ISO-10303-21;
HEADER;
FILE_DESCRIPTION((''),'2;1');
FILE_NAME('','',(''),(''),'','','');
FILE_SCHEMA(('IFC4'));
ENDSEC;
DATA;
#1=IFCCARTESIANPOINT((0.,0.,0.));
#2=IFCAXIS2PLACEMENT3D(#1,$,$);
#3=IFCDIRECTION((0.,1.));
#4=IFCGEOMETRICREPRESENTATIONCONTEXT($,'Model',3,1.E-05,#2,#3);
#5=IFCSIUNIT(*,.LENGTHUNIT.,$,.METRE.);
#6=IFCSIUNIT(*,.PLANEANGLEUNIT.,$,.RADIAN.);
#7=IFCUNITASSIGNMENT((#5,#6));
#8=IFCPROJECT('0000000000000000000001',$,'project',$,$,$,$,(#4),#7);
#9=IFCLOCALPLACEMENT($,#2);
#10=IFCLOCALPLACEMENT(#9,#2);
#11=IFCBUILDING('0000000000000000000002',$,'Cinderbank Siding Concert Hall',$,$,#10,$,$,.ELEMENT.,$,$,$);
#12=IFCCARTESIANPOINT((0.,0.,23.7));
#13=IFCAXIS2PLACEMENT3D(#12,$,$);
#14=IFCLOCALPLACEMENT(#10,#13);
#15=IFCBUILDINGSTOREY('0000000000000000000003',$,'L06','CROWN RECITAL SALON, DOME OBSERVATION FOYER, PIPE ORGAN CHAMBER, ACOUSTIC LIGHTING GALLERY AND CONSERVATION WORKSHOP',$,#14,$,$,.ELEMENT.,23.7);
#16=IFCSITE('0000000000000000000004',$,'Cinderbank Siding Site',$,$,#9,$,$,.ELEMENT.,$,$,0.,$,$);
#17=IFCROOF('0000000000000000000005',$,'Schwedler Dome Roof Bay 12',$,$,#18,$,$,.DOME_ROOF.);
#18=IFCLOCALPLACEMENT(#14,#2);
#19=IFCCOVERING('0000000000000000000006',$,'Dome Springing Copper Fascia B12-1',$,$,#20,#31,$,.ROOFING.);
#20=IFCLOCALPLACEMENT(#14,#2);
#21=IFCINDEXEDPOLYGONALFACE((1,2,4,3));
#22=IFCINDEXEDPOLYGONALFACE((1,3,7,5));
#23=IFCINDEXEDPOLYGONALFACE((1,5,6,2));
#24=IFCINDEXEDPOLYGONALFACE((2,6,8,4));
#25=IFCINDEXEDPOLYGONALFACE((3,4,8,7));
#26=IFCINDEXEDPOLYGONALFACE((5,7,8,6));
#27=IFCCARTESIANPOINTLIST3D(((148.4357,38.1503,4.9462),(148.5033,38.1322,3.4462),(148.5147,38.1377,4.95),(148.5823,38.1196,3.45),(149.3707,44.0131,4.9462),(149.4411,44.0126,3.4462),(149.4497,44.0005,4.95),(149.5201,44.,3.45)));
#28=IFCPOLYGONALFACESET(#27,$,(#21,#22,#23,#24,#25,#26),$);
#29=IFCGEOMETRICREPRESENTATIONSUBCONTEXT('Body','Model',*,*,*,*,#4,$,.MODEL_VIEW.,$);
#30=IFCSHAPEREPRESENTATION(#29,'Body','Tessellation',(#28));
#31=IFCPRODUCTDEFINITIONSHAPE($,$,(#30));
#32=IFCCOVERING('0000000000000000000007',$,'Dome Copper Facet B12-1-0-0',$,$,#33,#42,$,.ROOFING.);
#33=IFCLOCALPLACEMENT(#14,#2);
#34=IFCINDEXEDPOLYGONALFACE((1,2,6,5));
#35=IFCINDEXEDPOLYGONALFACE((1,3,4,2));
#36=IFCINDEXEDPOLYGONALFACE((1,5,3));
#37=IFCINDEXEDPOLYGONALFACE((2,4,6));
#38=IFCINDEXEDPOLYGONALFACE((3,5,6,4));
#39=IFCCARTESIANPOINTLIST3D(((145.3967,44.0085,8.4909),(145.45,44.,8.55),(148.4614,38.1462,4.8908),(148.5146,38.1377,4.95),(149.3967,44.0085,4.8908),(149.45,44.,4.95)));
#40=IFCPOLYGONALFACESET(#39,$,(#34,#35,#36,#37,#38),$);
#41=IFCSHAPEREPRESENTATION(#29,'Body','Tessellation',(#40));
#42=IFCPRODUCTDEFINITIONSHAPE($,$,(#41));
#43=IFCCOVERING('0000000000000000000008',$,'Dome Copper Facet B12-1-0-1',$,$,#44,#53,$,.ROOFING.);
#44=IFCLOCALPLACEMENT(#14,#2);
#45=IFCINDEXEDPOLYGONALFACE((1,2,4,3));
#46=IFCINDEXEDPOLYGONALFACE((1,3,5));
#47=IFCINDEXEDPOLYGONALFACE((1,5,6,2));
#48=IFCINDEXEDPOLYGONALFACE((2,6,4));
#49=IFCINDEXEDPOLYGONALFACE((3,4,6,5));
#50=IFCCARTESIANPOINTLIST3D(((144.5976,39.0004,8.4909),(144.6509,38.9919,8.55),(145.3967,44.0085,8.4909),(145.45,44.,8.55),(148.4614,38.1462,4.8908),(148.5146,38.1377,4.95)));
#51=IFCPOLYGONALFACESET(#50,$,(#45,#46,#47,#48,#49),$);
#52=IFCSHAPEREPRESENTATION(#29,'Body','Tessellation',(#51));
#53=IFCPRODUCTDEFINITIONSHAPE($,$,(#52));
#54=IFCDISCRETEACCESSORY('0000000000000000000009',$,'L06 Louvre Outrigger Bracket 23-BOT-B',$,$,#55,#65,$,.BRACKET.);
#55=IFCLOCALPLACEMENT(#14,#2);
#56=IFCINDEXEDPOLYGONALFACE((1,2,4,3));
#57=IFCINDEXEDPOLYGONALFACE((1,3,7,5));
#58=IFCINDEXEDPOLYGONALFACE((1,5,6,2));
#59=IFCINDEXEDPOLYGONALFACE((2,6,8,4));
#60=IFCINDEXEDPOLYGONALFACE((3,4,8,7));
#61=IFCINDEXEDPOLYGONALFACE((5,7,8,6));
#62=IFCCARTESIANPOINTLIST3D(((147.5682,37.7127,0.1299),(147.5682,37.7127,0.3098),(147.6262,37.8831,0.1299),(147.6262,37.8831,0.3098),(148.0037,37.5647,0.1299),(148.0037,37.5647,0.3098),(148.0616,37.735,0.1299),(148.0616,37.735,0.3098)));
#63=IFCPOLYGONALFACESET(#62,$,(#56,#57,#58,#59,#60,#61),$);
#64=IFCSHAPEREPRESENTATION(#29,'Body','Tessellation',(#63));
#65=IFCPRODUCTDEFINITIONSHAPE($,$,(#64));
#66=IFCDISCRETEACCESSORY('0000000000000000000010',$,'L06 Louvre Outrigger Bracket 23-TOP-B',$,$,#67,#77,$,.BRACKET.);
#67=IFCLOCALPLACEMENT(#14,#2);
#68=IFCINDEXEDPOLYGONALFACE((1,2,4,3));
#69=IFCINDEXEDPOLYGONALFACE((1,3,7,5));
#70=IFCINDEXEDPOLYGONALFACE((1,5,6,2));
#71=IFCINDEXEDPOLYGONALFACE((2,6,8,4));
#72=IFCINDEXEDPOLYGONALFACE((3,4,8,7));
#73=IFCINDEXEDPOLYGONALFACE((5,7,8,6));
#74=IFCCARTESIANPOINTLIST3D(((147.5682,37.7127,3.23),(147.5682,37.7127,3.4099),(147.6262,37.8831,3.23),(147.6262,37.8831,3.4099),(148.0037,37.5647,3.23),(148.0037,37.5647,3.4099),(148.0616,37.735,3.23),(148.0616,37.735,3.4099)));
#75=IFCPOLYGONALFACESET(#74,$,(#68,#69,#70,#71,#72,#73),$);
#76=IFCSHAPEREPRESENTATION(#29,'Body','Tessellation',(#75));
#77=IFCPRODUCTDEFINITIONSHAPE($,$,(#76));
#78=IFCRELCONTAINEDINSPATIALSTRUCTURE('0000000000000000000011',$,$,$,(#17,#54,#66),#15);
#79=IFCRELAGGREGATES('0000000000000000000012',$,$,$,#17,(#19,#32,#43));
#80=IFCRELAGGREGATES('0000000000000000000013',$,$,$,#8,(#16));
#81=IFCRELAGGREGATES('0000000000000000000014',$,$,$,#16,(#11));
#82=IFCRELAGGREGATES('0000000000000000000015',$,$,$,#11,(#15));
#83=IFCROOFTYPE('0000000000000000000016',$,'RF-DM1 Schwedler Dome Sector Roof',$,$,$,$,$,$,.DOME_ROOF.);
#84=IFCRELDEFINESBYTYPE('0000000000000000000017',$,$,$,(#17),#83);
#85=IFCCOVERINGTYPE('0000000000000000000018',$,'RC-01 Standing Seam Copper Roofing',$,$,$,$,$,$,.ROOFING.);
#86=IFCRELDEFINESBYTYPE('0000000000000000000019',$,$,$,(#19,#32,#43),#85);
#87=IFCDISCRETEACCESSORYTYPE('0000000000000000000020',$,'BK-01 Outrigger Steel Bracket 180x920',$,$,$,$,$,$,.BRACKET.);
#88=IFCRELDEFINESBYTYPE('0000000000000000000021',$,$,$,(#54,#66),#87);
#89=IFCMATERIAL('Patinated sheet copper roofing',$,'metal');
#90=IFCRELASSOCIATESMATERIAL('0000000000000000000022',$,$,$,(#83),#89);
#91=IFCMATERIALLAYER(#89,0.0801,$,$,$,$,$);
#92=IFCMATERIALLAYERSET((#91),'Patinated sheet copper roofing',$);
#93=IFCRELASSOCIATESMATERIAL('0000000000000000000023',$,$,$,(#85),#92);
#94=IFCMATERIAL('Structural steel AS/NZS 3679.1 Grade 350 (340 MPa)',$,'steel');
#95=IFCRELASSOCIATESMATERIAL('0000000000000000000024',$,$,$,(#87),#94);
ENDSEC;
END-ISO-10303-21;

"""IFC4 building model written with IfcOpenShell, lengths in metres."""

from ifc_helpers import new_model, si_unit, direction, frame, origin, origin_2d, place, context, subcontext, project, spatial, polyline, rectangle, outline, extrude, material, layer, layer_set, type_object, element, aggregate, save


model = new_model("IFC4")

# Units and contexts
model_context = context("Model", 3, precision=1e-05, world=origin(), true_north=direction((0.0, 1.0)))
body_context = subcontext(model_context, "Body", "Model", "MODEL_VIEW")
ifc_project = project(units=[si_unit("LENGTHUNIT", "METRE"), si_unit("PLANEANGLEUNIT", "RADIAN")], contexts=[model_context])

# Site, building, storey
site_placement = place(None, origin())
site = spatial("IfcSite", under=ifc_project, at=site_placement, Name="Cinderbank Siding Site", CompositionType="ELEMENT", RefElevation=0.0)
building_placement = place(site_placement, origin())
building = spatial("IfcBuilding", under=site, at=building_placement, Name="Cinderbank Siding Concert Hall", CompositionType="ELEMENT")
storey_placement = place(building_placement, frame((0.0, 0.0, 23.7)))
storey = spatial("IfcBuildingStorey", under=building, at=storey_placement, Name="L06", Description="CROWN RECITAL SALON, DOME OBSERVATION FOYER, PIPE ORGAN CHAMBER, ACOUSTIC LIGHTING GALLERY AND CONSERVATION WORKSHOP", CompositionType="ELEMENT", Elevation=23.7)

# Shared definitions
ifc_material_1 = material(Name="Structural steel AS/NZS 3679.1 Grade 350 (340 MPa)", Category="steel")

# Roof, coverings
ifc_material_2 = material(Name="Patinated sheet copper roofing", Category="metal")
roof_type = type_object("IfcRoofType", Name="RF-DM1 Schwedler Dome Sector Roof", PredefinedType="DOME_ROOF", material=ifc_material_2)
roof_placement = place(storey_placement, origin())
roof = element("IfcRoof", 1, at=roof_placement, inside=storey, type_object=roof_type, Name="Schwedler Dome Roof Bay 12", PredefinedType="DOME_ROOF")
ifc_layer_1 = layer(ifc_material_2, 0.0801)
ifc_layer_set_1 = layer_set([ifc_layer_1], Name="Patinated sheet copper roofing")
covering_type = type_object("IfcCoveringType", Name="RC-01 Standing Seam Copper Roofing", PredefinedType="ROOFING", material=ifc_layer_set_1)
covering_1_placement = place(storey_placement, frame((148.5823, 38.1196, 3.45), z_axis=(0.98646, -0.157321, 0.04633), x_axis=(0.15749, 0.987521, 0.0)))
covering_1 = element("IfcCovering", 2, at=covering_1_placement, type_object=covering_type, Name="Dome Springing Copper Fascia B12-1", PredefinedType="ROOFING", context=body_context, shape_type="SweptSolid", body=[
    extrude(outline(polyline([(0.0, 0.0), (5.9547, 0.0), (5.9441, 1.5016), (0.0072, 1.5016), (0.0, 0.0)])), origin(), (0.0, 0.0, -1.0), 0.0801),
])
covering_2_placement = place(storey_placement, frame((148.5146, 38.1377, 4.95), z_axis=(0.665197, -0.106129, 0.739087), x_axis=(0.157553, 0.987511, 0.0)))
covering_2 = element("IfcCovering", 3, at=covering_2_placement, type_object=covering_type, Name="Dome Copper Facet B12-1-0-0", PredefinedType="ROOFING", context=body_context, shape_type="SweptSolid", body=[
    extrude(outline(polyline([(0.0, 0.0), (5.9364, 0.0), (5.3062, 5.3445), (0.0, 0.0)])), origin(), (0.0, 0.0, -1.0), 0.0801),
])
covering_3_placement = place(storey_placement, frame((148.5146, 38.1377, 4.95), z_axis=(0.66519, -0.106136, 0.739093), x_axis=(-0.406931, 0.778398, 0.478021)))
covering_3 = element("IfcCovering", 4, at=covering_3_placement, type_object=covering_type, Name="Dome Copper Facet B12-1-0-1", PredefinedType="ROOFING", context=body_context, shape_type="SweptSolid", body=[
    extrude(outline(polyline([(0.0, 0.0), (7.5312, 0.0), (3.9582, 3.5989), (0.0, 0.0)])), origin(), (0.0, 0.0, -1.0), 0.0801),
])
aggregate(roof, [covering_1, covering_2, covering_3])

# Discrete accessories
discrete_accessory_type = type_object("IfcDiscreteAccessoryType", Name="BK-01 Outrigger Steel Bracket 180x920", PredefinedType="BRACKET", material=ifc_material_1)
for number, where, z_axis, x_axis, name in (
    (5, (147.8149, 37.7239, 0.1299), (0.0, 0.0, 1.0), (0.946765, -0.321924, 0.0), "L06 Louvre Outrigger Bracket 23-BOT-B"),
    (6, (147.8149, 37.7239, 3.23), (0.0, 0.0, 1.0), (0.946765, -0.321924, 0.0), "L06 Louvre Outrigger Bracket 23-TOP-B"),
):
    element("IfcDiscreteAccessory", number, at=place(storey_placement, frame(where, z_axis=z_axis, x_axis=x_axis)), inside=storey, type_object=discrete_accessory_type, Name=name, PredefinedType="BRACKET", context=body_context, shape_type="SweptSolid", body=[
        extrude(rectangle(XDim=0.46, YDim=0.1799, at=origin_2d()), origin(), (0.0, 0.0, 1.0), 0.1799),
    ])

save(model, "model.ifc")
